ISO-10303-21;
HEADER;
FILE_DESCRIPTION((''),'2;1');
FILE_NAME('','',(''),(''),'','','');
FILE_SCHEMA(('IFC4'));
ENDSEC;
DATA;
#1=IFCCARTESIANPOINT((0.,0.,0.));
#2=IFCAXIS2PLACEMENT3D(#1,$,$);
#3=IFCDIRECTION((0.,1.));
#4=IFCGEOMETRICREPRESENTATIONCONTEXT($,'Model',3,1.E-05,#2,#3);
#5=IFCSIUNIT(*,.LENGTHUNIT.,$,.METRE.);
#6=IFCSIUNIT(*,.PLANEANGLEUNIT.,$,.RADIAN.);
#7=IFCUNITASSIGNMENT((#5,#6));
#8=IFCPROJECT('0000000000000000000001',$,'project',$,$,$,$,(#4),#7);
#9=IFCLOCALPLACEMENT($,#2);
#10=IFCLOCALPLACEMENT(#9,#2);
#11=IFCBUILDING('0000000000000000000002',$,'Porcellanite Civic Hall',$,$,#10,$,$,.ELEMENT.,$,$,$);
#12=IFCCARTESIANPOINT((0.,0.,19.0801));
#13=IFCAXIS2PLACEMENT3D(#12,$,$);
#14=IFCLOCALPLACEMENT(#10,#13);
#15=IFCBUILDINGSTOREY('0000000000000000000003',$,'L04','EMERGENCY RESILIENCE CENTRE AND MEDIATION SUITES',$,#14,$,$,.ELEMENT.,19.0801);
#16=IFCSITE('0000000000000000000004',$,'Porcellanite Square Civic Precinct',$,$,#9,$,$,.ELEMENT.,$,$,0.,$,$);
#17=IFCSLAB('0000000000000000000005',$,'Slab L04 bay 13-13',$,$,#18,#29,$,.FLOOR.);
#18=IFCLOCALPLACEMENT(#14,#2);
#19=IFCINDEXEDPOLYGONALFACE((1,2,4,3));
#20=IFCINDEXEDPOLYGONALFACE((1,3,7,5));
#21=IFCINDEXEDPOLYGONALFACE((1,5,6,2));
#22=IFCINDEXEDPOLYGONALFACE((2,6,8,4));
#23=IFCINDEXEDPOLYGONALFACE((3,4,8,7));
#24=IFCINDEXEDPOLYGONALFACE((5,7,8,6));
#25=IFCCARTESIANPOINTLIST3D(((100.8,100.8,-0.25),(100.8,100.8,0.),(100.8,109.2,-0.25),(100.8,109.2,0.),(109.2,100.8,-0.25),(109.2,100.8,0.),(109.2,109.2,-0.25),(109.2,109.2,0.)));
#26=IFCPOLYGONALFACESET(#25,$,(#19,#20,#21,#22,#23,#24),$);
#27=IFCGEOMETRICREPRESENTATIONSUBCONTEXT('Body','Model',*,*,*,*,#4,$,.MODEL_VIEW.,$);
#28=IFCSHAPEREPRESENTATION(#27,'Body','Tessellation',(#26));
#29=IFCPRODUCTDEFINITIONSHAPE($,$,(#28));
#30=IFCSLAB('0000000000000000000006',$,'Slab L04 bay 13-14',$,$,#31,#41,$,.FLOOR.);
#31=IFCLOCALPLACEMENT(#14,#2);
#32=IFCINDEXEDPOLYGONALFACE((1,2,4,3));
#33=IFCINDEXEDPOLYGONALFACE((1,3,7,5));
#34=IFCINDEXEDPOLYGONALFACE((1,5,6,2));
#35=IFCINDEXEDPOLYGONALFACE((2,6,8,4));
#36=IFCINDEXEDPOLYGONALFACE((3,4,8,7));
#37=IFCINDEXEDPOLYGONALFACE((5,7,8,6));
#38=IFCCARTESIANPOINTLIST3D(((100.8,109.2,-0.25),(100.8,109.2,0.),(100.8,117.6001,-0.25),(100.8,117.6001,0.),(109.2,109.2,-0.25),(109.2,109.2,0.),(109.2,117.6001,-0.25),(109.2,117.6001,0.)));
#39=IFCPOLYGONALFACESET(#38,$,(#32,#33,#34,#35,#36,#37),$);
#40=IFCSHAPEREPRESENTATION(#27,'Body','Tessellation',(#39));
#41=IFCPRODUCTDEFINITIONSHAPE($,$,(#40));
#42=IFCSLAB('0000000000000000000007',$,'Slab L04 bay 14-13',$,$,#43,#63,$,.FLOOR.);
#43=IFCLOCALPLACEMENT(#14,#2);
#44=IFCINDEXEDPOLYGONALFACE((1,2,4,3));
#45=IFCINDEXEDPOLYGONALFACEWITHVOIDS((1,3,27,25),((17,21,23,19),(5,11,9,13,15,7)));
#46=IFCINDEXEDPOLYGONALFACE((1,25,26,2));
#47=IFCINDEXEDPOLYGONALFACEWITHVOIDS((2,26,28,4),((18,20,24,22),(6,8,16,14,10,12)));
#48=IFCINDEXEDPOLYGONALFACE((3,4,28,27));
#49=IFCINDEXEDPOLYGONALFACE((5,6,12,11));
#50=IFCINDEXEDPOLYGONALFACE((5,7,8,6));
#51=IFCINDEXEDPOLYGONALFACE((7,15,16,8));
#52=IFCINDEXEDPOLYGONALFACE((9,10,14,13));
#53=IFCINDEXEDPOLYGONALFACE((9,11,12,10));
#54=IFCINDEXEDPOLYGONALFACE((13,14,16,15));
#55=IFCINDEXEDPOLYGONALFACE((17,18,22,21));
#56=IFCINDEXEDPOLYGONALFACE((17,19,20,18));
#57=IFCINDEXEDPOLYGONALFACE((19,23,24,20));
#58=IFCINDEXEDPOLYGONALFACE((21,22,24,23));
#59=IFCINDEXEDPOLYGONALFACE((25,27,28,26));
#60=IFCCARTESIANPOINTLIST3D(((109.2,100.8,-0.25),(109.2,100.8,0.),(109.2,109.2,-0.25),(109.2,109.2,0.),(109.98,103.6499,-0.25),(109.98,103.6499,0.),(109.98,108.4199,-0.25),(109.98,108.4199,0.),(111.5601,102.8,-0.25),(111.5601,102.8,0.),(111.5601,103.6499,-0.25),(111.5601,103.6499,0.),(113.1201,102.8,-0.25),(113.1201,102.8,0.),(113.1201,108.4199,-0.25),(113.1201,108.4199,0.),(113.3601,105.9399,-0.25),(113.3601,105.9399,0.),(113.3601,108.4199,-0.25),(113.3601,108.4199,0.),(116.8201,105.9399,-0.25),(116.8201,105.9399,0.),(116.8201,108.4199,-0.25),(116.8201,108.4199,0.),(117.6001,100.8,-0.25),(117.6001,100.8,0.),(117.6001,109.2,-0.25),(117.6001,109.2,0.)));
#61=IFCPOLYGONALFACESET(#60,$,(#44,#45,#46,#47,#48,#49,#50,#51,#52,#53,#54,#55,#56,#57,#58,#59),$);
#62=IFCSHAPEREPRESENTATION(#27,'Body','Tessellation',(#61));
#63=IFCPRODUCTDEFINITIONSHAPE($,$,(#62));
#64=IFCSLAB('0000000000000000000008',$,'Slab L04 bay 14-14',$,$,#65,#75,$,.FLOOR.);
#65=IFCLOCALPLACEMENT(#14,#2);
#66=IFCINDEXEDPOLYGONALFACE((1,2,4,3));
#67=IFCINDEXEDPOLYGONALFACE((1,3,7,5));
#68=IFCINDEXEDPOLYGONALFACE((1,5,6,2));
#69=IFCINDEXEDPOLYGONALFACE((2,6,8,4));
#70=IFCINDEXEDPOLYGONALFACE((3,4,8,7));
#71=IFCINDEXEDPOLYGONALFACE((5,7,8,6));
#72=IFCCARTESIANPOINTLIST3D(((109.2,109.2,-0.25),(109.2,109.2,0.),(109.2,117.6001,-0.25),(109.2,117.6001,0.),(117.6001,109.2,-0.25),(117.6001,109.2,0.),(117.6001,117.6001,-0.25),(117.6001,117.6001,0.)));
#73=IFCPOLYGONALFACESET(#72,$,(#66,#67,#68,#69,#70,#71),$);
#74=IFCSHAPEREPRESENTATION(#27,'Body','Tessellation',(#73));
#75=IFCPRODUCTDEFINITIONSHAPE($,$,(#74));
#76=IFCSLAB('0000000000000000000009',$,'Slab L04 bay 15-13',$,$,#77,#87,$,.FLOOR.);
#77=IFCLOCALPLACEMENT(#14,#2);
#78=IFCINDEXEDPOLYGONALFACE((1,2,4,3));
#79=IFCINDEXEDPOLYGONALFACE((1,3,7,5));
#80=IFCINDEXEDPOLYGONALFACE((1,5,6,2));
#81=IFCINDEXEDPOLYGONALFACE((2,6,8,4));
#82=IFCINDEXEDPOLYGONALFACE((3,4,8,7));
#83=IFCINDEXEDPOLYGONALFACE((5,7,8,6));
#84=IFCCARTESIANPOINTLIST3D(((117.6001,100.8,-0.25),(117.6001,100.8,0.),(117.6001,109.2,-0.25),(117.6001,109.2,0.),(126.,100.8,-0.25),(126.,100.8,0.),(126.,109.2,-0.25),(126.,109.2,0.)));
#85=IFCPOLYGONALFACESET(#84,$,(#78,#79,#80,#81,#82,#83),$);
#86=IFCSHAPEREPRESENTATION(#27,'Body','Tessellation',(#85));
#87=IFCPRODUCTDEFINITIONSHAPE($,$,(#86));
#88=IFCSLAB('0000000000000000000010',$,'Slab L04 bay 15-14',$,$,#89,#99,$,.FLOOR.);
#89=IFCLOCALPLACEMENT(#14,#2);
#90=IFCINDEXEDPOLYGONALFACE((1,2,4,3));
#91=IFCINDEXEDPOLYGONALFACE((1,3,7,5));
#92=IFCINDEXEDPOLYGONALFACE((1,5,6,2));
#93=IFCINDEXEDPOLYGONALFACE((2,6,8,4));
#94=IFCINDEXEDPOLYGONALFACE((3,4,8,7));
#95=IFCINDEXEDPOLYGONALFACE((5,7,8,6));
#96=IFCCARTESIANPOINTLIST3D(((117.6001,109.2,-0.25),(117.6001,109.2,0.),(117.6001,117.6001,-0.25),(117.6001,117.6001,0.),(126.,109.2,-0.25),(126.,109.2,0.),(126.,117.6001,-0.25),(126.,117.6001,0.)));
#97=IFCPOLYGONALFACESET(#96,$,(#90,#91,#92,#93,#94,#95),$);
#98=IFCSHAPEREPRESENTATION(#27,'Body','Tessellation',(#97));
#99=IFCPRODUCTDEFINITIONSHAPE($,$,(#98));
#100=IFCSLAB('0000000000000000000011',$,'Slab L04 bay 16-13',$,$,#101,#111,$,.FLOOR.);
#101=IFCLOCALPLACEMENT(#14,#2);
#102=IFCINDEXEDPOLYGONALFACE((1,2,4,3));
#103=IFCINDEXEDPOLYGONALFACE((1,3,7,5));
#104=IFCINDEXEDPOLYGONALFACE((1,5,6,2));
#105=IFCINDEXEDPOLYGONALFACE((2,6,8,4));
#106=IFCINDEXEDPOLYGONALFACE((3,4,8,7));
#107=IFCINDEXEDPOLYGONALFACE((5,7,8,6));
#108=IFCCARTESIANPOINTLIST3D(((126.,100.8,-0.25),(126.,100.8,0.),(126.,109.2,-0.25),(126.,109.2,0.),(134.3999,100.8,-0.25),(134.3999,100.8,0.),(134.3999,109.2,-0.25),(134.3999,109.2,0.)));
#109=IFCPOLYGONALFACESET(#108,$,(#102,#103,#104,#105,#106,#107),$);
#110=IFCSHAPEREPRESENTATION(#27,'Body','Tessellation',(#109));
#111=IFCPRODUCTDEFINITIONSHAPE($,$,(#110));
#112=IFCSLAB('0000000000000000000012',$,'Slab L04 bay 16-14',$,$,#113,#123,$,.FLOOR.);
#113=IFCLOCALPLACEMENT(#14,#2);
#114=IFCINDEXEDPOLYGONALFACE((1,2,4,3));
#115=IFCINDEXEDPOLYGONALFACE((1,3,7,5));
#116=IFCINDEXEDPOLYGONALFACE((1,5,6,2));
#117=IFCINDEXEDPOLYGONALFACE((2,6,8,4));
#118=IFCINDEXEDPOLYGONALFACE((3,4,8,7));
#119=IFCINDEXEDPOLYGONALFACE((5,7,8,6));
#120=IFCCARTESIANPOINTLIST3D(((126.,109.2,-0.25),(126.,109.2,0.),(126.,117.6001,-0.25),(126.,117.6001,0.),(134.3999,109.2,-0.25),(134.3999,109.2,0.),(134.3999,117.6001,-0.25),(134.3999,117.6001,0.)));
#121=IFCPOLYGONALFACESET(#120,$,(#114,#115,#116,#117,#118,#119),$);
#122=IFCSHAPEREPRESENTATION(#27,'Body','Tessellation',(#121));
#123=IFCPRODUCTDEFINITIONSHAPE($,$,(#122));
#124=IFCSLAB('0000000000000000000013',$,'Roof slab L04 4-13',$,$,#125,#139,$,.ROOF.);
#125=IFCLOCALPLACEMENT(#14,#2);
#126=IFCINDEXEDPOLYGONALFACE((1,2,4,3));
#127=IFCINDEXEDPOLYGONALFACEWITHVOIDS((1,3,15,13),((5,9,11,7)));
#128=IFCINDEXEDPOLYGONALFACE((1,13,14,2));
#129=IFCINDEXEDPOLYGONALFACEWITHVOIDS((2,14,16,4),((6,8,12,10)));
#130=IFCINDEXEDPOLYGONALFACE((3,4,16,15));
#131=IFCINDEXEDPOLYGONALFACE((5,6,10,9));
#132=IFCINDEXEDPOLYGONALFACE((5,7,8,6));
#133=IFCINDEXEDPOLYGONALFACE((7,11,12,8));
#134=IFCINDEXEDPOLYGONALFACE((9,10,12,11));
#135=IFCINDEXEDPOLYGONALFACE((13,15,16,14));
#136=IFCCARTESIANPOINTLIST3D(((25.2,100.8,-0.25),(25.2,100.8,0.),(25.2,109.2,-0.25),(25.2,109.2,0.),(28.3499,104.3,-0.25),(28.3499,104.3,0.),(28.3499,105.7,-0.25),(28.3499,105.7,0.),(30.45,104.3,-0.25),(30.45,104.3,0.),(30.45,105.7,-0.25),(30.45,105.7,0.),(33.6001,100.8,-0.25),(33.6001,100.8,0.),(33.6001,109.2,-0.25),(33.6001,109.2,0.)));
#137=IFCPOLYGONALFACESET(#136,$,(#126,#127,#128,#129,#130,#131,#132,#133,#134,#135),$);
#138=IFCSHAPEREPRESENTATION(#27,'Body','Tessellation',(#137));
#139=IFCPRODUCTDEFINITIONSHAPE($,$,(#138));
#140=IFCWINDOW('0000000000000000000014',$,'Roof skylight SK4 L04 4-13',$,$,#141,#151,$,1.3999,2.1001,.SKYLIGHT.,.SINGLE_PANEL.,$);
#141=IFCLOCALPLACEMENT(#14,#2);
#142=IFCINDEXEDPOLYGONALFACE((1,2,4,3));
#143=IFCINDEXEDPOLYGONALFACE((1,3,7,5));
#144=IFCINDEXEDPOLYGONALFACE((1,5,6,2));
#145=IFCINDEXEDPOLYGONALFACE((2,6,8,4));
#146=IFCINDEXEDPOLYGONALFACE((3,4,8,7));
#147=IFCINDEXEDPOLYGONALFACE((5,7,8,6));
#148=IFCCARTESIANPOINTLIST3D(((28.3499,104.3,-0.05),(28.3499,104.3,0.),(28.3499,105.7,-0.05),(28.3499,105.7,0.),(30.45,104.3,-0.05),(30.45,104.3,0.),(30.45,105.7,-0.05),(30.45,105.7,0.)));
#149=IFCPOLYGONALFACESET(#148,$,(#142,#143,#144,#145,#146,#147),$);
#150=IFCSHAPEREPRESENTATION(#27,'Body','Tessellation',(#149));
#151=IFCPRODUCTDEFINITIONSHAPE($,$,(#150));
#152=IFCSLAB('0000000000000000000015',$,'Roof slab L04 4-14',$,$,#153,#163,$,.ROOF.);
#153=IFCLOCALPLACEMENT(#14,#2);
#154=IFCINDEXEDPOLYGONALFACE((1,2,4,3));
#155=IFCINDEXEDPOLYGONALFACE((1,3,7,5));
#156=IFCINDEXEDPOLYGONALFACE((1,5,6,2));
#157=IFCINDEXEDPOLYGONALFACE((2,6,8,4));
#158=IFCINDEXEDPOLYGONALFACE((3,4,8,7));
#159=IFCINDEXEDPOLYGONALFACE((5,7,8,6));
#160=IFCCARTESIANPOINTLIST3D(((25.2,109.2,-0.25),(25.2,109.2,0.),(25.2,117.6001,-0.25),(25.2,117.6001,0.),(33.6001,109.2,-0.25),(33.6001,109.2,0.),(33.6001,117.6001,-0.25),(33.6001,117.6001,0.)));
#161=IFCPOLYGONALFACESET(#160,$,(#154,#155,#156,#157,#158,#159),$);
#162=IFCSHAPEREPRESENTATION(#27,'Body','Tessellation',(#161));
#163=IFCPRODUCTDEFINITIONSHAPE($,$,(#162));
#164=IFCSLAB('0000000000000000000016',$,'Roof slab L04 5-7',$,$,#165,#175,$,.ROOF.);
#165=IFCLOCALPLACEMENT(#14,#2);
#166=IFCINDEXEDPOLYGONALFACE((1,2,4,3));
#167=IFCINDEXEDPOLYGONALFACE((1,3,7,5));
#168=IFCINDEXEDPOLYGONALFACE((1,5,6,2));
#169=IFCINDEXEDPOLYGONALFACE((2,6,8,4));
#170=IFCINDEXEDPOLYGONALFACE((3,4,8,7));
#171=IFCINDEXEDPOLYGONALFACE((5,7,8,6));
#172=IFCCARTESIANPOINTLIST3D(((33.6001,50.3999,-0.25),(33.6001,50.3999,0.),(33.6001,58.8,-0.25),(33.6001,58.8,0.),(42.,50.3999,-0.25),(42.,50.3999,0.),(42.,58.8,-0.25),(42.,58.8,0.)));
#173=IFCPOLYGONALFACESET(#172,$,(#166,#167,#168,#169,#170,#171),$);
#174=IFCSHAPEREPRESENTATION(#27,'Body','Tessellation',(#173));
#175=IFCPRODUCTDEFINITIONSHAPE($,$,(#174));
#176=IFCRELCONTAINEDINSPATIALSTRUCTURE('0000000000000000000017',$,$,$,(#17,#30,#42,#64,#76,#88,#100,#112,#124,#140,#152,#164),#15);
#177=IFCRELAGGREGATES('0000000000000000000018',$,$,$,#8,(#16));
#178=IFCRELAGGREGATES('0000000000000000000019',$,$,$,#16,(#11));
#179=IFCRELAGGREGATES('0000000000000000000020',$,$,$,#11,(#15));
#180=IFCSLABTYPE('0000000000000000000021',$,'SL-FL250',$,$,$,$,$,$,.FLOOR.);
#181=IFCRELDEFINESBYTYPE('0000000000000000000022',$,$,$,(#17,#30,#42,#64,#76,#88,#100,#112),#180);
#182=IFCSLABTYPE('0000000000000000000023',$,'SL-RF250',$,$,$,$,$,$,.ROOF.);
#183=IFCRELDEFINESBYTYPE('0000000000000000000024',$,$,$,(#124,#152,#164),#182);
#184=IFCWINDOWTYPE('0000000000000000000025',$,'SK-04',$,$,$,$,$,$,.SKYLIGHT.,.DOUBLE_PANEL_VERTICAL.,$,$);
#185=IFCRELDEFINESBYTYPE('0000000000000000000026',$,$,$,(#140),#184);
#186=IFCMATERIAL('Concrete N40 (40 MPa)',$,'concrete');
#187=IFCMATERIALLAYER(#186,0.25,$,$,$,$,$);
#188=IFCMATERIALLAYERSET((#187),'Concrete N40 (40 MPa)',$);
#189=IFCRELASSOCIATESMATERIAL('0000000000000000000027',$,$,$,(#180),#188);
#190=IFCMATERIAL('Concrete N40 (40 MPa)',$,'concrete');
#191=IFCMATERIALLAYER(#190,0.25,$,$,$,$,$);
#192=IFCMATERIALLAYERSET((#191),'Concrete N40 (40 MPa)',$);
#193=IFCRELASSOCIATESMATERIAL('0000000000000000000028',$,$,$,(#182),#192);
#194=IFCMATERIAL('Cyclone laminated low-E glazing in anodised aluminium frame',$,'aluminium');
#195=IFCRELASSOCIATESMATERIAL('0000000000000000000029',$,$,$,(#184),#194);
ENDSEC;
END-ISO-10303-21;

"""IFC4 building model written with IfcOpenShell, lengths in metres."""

from ifc_helpers import new_model, si_unit, direction, frame, origin, origin_2d, place, context, subcontext, project, spatial, polyline, rectangle, outline, extrude, material, layer, layer_set, type_object, element, fill, save


model = new_model("IFC4")

# Units and contexts
model_context = context("Model", 3, precision=1e-05, world=origin(), true_north=direction((0.0, 1.0)))
body_context = subcontext(model_context, "Body", "Model", "MODEL_VIEW")
ifc_project = project(units=[si_unit("LENGTHUNIT", "METRE"), si_unit("PLANEANGLEUNIT", "RADIAN")], contexts=[model_context])

# Site, building, storey
site_placement = place(None, origin())
site = spatial("IfcSite", under=ifc_project, at=site_placement, Name="Porcellanite Square Civic Precinct", CompositionType="ELEMENT", RefElevation=0.0)
building_placement = place(site_placement, origin())
building = spatial("IfcBuilding", under=site, at=building_placement, Name="Porcellanite Civic Hall", CompositionType="ELEMENT")
storey_placement = place(building_placement, frame((0.0, 0.0, 19.0801)))
storey = spatial("IfcBuildingStorey", under=building, at=storey_placement, Name="L04", Description="EMERGENCY RESILIENCE CENTRE AND MEDIATION SUITES", CompositionType="ELEMENT", Elevation=19.0801)

# Slabs
ifc_material_1 = material(Name="Concrete N40 (40 MPa)", Category="concrete")
ifc_layer_1 = layer(ifc_material_1, 0.25)
ifc_layer_set_1 = layer_set([ifc_layer_1], Name="Concrete N40 (40 MPa)")
slab_type_1 = type_object("IfcSlabType", Name="SL-FL250", PredefinedType="FLOOR", material=ifc_layer_set_1)
slab_1_placement = place(storey_placement, frame((0.0, 0.0, -0.25)))
element("IfcSlab", 1, at=slab_1_placement, inside=storey, type_object=slab_type_1, Name="Slab L04 bay 13-13", PredefinedType="FLOOR", context=body_context, shape_type="SweptSolid", body=[
    extrude(outline(polyline([(100.8, 100.8), (109.2, 100.8), (109.2, 109.2), (100.8, 109.2), (100.8, 100.8)])), origin(), (0.0, 0.0, 1.0), 0.25),
])
slab_2_placement = place(storey_placement, frame((0.0, 0.0, -0.25)))
element("IfcSlab", 2, at=slab_2_placement, inside=storey, type_object=slab_type_1, Name="Slab L04 bay 13-14", PredefinedType="FLOOR", context=body_context, shape_type="SweptSolid", body=[
    extrude(outline(polyline([(100.8, 109.2), (109.2, 109.2), (109.2, 117.6001), (100.8, 117.6001), (100.8, 109.2)])), origin(), (0.0, 0.0, 1.0), 0.25),
])
slab_3_placement = place(storey_placement, frame((0.0, 0.0, -0.25)))
element("IfcSlab", 3, at=slab_3_placement, inside=storey, type_object=slab_type_1, Name="Slab L04 bay 14-13", PredefinedType="FLOOR", context=body_context, shape_type="SweptSolid", body=[
    extrude(outline(polyline([(109.2, 100.8), (117.6001, 100.8), (117.6001, 109.2), (109.2, 109.2), (109.2, 100.8)]), holes=[polyline([(109.98, 103.6499), (111.5601, 103.6499), (111.5601, 102.8), (113.1201, 102.8), (113.1201, 108.4199), (109.98, 108.4199), (109.98, 103.6499)]), polyline([(113.3601, 105.9399), (116.8201, 105.9399), (116.8201, 108.4199), (113.3601, 108.4199), (113.3601, 105.9399)])]), origin(), (0.0, 0.0, 1.0), 0.25),
])
slab_4_placement = place(storey_placement, frame((0.0, 0.0, -0.25)))
element("IfcSlab", 4, at=slab_4_placement, inside=storey, type_object=slab_type_1, Name="Slab L04 bay 14-14", PredefinedType="FLOOR", context=body_context, shape_type="SweptSolid", body=[
    extrude(outline(polyline([(109.2, 109.2), (117.6001, 109.2), (117.6001, 117.6001), (109.2, 117.6001), (109.2, 109.2)])), origin(), (0.0, 0.0, 1.0), 0.25),
])
slab_5_placement = place(storey_placement, frame((0.0, 0.0, -0.25)))
element("IfcSlab", 5, at=slab_5_placement, inside=storey, type_object=slab_type_1, Name="Slab L04 bay 15-13", PredefinedType="FLOOR", context=body_context, shape_type="SweptSolid", body=[
    extrude(outline(polyline([(117.6001, 100.8), (126.0, 100.8), (126.0, 109.2), (117.6001, 109.2), (117.6001, 100.8)])), origin(), (0.0, 0.0, 1.0), 0.25),
])
slab_6_placement = place(storey_placement, frame((0.0, 0.0, -0.25)))
element("IfcSlab", 6, at=slab_6_placement, inside=storey, type_object=slab_type_1, Name="Slab L04 bay 15-14", PredefinedType="FLOOR", context=body_context, shape_type="SweptSolid", body=[
    extrude(outline(polyline([(117.6001, 109.2), (126.0, 109.2), (126.0, 117.6001), (117.6001, 117.6001), (117.6001, 109.2)])), origin(), (0.0, 0.0, 1.0), 0.25),
])
slab_7_placement = place(storey_placement, frame((0.0, 0.0, -0.25)))
element("IfcSlab", 7, at=slab_7_placement, inside=storey, type_object=slab_type_1, Name="Slab L04 bay 16-13", PredefinedType="FLOOR", context=body_context, shape_type="SweptSolid", body=[
    extrude(outline(polyline([(126.0, 100.8), (134.3999, 100.8), (134.3999, 109.2), (126.0, 109.2), (126.0, 100.8)])), origin(), (0.0, 0.0, 1.0), 0.25),
])
slab_8_placement = place(storey_placement, frame((0.0, 0.0, -0.25)))
element("IfcSlab", 8, at=slab_8_placement, inside=storey, type_object=slab_type_1, Name="Slab L04 bay 16-14", PredefinedType="FLOOR", context=body_context, shape_type="SweptSolid", body=[
    extrude(outline(polyline([(126.0, 109.2), (134.3999, 109.2), (134.3999, 117.6001), (126.0, 117.6001), (126.0, 109.2)])), origin(), (0.0, 0.0, 1.0), 0.25),
])

# Slab, opening, window
ifc_material_2 = material(Name="Concrete N40 (40 MPa)", Category="concrete")
ifc_layer_2 = layer(ifc_material_2, 0.25)
ifc_layer_set_2 = layer_set([ifc_layer_2], Name="Concrete N40 (40 MPa)")
slab_type_2 = type_object("IfcSlabType", Name="SL-RF250", PredefinedType="ROOF", material=ifc_layer_set_2)
slab_9_placement = place(storey_placement, frame((0.0, 0.0, -0.25)))
slab_9 = element("IfcSlab", 9, at=slab_9_placement, inside=storey, type_object=slab_type_2, Name="Roof slab L04 4-13", PredefinedType="ROOF", context=body_context, shape_type="SweptSolid", body=[
    extrude(outline(polyline([(25.2, 100.8), (33.6001, 100.8), (33.6001, 109.2), (25.2, 109.2), (25.2, 100.8)])), origin(), (0.0, 0.0, 1.0), 0.25),
])
opening_1_placement = place(slab_9_placement, frame((29.3999, 105.0, 0.0)))
opening_1 = element("IfcOpeningElement", 10, at=opening_1_placement, cuts=slab_9, PredefinedType="OPENING", context=body_context, shape_type="SweptSolid", body=[
    extrude(rectangle(XDim=2.1001, YDim=1.3999, at=origin_2d()), origin(), (0.0, 0.0, 1.0), 0.25),
])
ifc_material_3 = material(Name="Cyclone laminated low-E glazing in anodised aluminium frame", Category="aluminium")
window_type_1 = type_object("IfcWindowType", Name="SK-04", PartitioningType="DOUBLE_PANEL_VERTICAL", PredefinedType="SKYLIGHT", material=ifc_material_3)
window_1_placement = place(opening_1_placement, frame((0.0, 0.0, 0.2)))
window_1 = element("IfcWindow", 11, at=window_1_placement, inside=storey, type_object=window_type_1, Name="Roof skylight SK4 L04 4-13", OverallHeight=1.3999, OverallWidth=2.1001, PartitioningType="SINGLE_PANEL", PredefinedType="SKYLIGHT", context=body_context, shape_type="SweptSolid", body=[
    extrude(rectangle(XDim=2.1001, YDim=1.3999, at=origin_2d()), origin(), (0.0, 0.0, 1.0), 0.05),
])
fill(opening_1, window_1)

# Slabs
slab_10_placement = place(storey_placement, frame((0.0, 0.0, -0.25)))
element("IfcSlab", 12, at=slab_10_placement, inside=storey, type_object=slab_type_2, Name="Roof slab L04 4-14", PredefinedType="ROOF", context=body_context, shape_type="SweptSolid", body=[
    extrude(outline(polyline([(25.2, 109.2), (33.6001, 109.2), (33.6001, 117.6001), (25.2, 117.6001), (25.2, 109.2)])), origin(), (0.0, 0.0, 1.0), 0.25),
])
slab_11_placement = place(storey_placement, frame((0.0, 0.0, -0.25)))
element("IfcSlab", 13, at=slab_11_placement, inside=storey, type_object=slab_type_2, Name="Roof slab L04 5-7", PredefinedType="ROOF", context=body_context, shape_type="SweptSolid", body=[
    extrude(outline(polyline([(33.6001, 50.3999), (42.0, 50.3999), (42.0, 58.8), (33.6001, 58.8), (33.6001, 50.3999)])), origin(), (0.0, 0.0, 1.0), 0.25),
])

save(model, "model.ifc")
